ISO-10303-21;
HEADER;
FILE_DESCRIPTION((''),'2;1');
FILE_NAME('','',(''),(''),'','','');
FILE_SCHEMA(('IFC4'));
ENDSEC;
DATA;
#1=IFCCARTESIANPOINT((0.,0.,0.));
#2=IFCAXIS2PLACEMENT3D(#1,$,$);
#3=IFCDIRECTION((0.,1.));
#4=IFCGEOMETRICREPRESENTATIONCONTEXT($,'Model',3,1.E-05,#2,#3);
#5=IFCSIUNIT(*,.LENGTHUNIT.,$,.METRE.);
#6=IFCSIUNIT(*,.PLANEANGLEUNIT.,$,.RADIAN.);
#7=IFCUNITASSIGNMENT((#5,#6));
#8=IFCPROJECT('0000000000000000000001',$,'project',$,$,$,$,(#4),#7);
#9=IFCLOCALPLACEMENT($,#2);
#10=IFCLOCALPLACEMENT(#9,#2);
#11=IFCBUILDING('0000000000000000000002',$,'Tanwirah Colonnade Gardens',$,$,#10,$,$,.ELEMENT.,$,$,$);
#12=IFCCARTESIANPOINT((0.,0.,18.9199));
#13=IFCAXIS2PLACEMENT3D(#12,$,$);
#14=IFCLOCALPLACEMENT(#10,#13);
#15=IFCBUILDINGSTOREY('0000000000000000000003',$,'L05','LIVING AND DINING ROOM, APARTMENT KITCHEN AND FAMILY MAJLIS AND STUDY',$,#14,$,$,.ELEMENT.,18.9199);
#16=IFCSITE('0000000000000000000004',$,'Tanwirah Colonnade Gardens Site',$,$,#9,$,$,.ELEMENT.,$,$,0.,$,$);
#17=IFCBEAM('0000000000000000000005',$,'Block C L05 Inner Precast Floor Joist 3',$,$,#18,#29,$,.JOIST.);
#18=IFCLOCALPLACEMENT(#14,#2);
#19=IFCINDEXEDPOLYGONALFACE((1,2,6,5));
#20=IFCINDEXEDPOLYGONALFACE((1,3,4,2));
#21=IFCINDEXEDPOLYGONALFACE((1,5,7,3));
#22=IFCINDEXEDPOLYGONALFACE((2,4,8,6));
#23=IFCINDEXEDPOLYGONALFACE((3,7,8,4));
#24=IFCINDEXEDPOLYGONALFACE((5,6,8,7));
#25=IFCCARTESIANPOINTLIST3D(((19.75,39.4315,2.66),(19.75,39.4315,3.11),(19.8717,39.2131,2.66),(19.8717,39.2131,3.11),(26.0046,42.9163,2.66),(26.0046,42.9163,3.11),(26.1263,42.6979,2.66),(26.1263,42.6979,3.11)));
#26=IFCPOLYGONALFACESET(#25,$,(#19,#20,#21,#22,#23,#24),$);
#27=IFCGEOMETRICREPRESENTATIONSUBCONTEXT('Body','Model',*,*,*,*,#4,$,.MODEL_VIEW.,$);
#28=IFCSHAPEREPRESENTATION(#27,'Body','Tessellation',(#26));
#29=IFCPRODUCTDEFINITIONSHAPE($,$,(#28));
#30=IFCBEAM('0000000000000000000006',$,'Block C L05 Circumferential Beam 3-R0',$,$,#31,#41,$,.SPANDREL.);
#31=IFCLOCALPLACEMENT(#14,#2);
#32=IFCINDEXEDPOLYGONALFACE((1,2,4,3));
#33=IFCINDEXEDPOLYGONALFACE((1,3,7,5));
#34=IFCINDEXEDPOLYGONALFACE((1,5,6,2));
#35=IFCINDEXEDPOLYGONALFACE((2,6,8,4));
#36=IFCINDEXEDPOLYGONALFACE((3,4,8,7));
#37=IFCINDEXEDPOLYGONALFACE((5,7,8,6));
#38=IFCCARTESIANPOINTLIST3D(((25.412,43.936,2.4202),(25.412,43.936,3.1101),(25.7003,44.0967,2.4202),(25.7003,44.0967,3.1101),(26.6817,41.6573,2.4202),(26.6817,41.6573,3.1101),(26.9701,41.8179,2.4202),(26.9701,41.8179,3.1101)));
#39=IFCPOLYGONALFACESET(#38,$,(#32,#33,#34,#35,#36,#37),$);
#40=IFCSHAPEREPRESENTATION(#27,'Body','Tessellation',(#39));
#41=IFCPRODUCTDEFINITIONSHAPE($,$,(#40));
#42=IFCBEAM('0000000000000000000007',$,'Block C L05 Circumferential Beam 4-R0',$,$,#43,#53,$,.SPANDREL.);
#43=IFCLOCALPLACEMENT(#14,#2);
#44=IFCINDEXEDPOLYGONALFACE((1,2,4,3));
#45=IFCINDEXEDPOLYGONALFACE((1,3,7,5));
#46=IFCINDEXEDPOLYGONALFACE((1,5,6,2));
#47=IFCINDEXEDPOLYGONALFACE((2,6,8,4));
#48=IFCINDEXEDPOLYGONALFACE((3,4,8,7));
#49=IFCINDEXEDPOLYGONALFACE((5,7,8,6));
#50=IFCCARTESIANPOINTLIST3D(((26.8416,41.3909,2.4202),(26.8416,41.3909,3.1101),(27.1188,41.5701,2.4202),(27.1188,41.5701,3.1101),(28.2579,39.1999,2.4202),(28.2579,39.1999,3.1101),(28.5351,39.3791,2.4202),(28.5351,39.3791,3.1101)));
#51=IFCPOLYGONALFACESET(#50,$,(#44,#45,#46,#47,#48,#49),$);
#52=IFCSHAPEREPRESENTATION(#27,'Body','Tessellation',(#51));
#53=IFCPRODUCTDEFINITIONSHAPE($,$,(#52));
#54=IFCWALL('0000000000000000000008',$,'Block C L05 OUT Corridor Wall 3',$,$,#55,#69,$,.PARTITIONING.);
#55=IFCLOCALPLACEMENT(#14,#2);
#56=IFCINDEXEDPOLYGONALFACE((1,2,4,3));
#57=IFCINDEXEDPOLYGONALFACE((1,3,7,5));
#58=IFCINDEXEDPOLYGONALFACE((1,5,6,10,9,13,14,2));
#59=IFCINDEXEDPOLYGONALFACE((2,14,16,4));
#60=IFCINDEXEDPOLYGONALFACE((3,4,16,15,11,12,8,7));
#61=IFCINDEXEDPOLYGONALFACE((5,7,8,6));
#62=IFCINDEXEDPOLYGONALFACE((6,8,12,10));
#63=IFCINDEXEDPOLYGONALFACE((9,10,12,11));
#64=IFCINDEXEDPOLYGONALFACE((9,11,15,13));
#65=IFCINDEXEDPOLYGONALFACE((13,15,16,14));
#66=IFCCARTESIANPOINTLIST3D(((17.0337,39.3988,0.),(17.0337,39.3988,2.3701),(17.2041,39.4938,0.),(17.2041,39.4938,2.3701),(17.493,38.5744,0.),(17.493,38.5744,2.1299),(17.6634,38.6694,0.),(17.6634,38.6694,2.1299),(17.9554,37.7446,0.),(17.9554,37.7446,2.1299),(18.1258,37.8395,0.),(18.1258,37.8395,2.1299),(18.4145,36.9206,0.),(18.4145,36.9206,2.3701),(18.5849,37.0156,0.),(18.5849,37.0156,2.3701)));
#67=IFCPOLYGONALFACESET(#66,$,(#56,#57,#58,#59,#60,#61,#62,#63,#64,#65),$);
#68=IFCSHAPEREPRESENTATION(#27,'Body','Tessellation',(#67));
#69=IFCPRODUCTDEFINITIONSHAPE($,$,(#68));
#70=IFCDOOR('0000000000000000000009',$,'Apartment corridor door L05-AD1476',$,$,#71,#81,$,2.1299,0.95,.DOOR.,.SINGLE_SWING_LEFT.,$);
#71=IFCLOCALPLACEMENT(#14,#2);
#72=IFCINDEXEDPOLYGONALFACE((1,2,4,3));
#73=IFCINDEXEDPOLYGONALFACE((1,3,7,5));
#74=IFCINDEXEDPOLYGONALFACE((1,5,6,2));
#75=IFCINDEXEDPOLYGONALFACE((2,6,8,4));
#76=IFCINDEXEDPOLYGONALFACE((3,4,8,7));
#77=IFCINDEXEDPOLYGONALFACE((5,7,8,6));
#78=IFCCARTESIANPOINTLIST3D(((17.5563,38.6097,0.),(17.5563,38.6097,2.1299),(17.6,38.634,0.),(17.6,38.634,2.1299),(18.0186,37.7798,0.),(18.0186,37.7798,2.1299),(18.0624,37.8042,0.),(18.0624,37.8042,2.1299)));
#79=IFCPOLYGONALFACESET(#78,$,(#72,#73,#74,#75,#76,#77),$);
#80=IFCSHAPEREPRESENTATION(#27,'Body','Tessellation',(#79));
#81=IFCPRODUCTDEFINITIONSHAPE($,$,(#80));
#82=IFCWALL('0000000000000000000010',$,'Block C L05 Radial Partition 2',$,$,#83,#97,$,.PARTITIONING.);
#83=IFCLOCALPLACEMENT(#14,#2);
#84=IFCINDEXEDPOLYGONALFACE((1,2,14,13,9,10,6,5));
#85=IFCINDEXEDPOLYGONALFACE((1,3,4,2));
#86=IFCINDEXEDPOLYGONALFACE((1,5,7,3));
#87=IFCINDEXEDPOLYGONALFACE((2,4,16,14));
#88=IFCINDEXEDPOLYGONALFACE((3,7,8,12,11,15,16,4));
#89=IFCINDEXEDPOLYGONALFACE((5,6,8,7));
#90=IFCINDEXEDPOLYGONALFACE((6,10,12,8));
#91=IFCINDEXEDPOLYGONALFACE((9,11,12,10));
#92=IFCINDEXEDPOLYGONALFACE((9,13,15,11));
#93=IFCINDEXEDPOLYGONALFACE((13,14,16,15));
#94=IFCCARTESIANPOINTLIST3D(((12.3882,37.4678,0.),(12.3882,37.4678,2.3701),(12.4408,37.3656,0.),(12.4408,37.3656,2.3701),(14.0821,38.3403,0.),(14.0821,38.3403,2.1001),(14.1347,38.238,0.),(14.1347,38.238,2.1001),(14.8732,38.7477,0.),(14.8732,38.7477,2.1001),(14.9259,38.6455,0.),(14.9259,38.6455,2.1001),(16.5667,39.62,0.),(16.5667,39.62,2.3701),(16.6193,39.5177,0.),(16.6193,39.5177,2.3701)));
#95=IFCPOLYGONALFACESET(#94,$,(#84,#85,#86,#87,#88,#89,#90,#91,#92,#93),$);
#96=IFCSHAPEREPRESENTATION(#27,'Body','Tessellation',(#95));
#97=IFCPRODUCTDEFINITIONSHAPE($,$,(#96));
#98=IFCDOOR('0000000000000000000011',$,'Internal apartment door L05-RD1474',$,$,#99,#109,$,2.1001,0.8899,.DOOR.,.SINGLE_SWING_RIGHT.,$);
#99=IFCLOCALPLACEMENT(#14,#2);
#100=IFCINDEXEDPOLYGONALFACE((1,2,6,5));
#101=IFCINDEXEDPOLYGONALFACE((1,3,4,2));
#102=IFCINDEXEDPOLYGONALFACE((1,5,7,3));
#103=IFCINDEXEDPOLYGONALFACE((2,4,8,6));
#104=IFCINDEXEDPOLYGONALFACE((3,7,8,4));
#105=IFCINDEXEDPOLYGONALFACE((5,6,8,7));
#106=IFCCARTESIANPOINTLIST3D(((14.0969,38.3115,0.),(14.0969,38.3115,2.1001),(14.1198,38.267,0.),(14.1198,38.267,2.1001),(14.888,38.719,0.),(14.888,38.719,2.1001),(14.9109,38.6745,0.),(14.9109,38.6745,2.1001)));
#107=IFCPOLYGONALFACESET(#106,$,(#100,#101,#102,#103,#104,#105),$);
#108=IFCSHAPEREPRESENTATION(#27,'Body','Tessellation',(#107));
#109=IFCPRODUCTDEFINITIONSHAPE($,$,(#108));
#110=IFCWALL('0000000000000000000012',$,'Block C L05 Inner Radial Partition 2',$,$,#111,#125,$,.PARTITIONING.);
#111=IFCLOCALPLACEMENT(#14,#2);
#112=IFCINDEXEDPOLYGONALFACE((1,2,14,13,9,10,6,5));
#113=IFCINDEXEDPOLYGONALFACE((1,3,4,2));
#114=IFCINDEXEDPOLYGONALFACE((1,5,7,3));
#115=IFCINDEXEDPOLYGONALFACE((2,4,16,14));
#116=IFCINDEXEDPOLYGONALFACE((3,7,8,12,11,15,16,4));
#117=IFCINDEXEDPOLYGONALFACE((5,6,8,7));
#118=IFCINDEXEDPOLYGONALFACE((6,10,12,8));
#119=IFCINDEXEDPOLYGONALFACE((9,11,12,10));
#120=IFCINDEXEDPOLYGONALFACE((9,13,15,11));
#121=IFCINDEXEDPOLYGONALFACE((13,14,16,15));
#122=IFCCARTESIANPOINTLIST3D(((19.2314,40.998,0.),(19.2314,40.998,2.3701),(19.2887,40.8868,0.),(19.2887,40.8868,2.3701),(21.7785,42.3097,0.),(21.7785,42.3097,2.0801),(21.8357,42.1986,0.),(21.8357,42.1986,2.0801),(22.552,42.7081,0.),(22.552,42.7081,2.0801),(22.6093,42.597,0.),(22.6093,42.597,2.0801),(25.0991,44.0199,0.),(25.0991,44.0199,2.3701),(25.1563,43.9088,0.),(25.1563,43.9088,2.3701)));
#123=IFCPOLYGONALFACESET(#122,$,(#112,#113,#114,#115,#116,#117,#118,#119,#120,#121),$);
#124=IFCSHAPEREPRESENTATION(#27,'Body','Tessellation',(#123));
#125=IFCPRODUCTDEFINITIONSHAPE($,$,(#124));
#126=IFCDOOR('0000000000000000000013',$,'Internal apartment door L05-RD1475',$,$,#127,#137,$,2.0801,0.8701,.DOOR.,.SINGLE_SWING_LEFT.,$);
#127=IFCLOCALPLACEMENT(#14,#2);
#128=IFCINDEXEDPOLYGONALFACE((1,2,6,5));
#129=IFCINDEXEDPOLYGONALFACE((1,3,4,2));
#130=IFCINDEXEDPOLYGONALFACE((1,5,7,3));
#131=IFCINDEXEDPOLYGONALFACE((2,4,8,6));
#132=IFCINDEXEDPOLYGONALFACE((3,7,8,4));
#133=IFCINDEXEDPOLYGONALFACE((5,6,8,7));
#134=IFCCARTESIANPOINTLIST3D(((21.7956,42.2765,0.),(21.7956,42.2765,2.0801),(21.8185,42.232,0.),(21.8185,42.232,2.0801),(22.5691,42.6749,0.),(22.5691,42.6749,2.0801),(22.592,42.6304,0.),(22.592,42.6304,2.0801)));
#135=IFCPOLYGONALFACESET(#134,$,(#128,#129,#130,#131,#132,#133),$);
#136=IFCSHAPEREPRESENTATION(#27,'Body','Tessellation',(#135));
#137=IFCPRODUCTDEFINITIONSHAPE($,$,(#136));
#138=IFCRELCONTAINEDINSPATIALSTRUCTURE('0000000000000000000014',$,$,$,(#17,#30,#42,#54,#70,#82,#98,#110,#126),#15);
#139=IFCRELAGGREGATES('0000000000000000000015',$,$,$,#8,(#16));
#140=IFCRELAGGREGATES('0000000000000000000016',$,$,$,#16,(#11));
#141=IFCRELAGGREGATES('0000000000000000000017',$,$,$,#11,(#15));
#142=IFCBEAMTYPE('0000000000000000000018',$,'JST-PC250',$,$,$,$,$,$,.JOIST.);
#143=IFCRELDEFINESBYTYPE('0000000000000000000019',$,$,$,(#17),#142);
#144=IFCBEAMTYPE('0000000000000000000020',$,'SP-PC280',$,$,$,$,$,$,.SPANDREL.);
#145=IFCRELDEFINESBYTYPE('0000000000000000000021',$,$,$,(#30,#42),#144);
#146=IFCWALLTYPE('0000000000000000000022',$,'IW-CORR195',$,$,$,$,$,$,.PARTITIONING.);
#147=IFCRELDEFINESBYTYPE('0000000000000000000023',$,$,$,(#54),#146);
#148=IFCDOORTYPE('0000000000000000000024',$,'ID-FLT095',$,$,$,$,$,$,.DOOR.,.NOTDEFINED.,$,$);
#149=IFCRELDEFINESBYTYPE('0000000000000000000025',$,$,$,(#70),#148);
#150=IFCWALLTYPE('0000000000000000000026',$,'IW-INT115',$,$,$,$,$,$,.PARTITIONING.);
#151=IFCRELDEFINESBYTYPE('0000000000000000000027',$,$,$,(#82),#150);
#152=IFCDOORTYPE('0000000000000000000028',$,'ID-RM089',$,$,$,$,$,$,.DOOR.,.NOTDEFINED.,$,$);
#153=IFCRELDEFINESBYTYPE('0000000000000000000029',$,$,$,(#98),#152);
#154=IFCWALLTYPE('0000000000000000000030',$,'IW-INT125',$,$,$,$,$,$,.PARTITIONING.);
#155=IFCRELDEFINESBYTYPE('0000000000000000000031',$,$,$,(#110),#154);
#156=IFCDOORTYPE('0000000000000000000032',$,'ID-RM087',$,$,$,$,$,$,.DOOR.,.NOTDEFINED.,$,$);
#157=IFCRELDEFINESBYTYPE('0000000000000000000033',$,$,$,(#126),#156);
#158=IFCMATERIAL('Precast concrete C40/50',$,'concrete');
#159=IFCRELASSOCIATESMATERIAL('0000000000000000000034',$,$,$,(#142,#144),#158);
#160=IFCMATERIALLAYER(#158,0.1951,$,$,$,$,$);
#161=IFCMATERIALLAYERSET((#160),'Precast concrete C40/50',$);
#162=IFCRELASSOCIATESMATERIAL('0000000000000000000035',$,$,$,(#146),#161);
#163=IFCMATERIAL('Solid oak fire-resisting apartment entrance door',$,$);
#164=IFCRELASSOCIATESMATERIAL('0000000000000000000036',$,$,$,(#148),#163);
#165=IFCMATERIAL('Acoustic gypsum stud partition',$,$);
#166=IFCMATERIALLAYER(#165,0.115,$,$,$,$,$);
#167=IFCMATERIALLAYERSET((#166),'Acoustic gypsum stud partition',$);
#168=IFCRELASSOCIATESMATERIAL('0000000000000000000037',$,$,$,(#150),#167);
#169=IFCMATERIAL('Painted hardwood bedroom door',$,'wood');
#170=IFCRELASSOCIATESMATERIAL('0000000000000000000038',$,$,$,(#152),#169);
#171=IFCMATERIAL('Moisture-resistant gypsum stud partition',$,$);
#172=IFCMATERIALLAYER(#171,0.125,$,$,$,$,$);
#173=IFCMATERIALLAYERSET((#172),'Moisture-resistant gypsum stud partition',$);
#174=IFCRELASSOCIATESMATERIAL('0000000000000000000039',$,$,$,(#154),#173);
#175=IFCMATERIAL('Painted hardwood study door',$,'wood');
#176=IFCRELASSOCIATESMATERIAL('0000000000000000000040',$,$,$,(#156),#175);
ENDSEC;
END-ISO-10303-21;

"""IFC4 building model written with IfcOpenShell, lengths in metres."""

from ifc_helpers import new_model, si_unit, direction, frame, frame_2d, origin, origin_2d, place, context, subcontext, project, spatial, rectangle, extrude, material, layer, layer_set, material_profile, profile_set, type_object, element, fill, save


model = new_model("IFC4")

# Units and contexts
model_context = context("Model", 3, precision=1e-05, world=origin(), true_north=direction((0.0, 1.0)))
body_context = subcontext(model_context, "Body", "Model", "MODEL_VIEW")
ifc_project = project(units=[si_unit("LENGTHUNIT", "METRE"), si_unit("PLANEANGLEUNIT", "RADIAN")], contexts=[model_context])

# Site, building, storey
site_placement = place(None, origin())
site = spatial("IfcSite", under=ifc_project, at=site_placement, Name="Tanwirah Colonnade Gardens Site", CompositionType="ELEMENT", RefElevation=0.0)
building_placement = place(site_placement, origin())
building = spatial("IfcBuilding", under=site, at=building_placement, Name="Tanwirah Colonnade Gardens", CompositionType="ELEMENT")
storey_placement = place(building_placement, frame((0.0, 0.0, 18.9199)))
storey = spatial("IfcBuildingStorey", under=building, at=storey_placement, Name="L05", Description="LIVING AND DINING ROOM, APARTMENT KITCHEN AND FAMILY MAJLIS AND STUDY", CompositionType="ELEMENT", Elevation=18.9199)

# Shared definitions
ifc_material_1 = material(Name="Precast concrete C40/50", Category="concrete")

# Beams
ifc_material_profile_1 = material_profile(ifc_material_1, rectangle(XDim=0.25, YDim=0.45, at=origin_2d()), Name="PC-JST 250x450")
ifc_profile_set_1 = profile_set([ifc_material_profile_1], Name="Precast concrete C40/50")
beam_type_1 = type_object("IfcBeamType", Name="JST-PC250", PredefinedType="JOIST", material=ifc_profile_set_1)
beam_1_placement = place(storey_placement, frame((26.0654, 42.8071, 2.885), z_axis=(-0.87356, -0.486717, 0.0), x_axis=(0.486717, -0.87356, 0.0)))
element("IfcBeam", 1, at=beam_1_placement, inside=storey, type_object=beam_type_1, Name="Block C L05 Inner Precast Floor Joist 3", PredefinedType="JOIST", context=body_context, shape_type="SweptSolid", body=[
    extrude(rectangle(XDim=0.25, YDim=0.45, at=origin_2d()), origin(), (0.0, 0.0, 1.0), 7.1599),
])
ifc_material_profile_2 = material_profile(ifc_material_1, rectangle(XDim=0.3301, YDim=0.6899, at=origin_2d()), Name="PC-SP 330x690")
ifc_profile_set_2 = profile_set([ifc_material_profile_2], Name="Precast concrete C40/50")
beam_type_2 = type_object("IfcBeamType", Name="SP-PC280", PredefinedType="SPANDREL", material=ifc_profile_set_2)
beam_2_placement = place(storey_placement, frame((25.5562, 44.0164, 2.7651), z_axis=(0.486747, -0.873543, 0.0), x_axis=(0.873543, 0.486747, 0.0)))
element("IfcBeam", 2, at=beam_2_placement, inside=storey, type_object=beam_type_2, Name="Block C L05 Circumferential Beam 3-R0", PredefinedType="SPANDREL", context=body_context, shape_type="SweptSolid", body=[
    extrude(rectangle(XDim=0.3301, YDim=0.6899, at=origin_2d()), origin(), (0.0, 0.0, 1.0), 2.6086),
])
beam_3_placement = place(storey_placement, frame((26.9802, 41.4805, 2.7651), z_axis=(0.542875, -0.839814, 0.0), x_axis=(0.839814, 0.542875, 0.0)))
element("IfcBeam", 3, at=beam_3_placement, inside=storey, type_object=beam_type_2, Name="Block C L05 Circumferential Beam 4-R0", PredefinedType="SPANDREL", context=body_context, shape_type="SweptSolid", body=[
    extrude(rectangle(XDim=0.3301, YDim=0.6899, at=origin_2d()), origin(), (0.0, 0.0, 1.0), 2.6089),
])

# Walls, openings, doors
ifc_layer_1 = layer(ifc_material_1, 0.1951)
ifc_layer_set_1 = layer_set([ifc_layer_1], Name="Precast concrete C40/50")
wall_type_1 = type_object("IfcWallType", Name="IW-CORR195", PredefinedType="PARTITIONING", material=ifc_layer_set_1)
ifc_material_2 = material(Name="Solid oak fire-resisting apartment entrance door")
wall_1_placement = place(storey_placement, frame((17.1189, 39.4463, 0.0), z_axis=(0.0, 0.0, 1.0), x_axis=(0.486731, -0.873552, 0.0)))
wall_1 = element("IfcWall", 4, at=wall_1_placement, inside=storey, type_object=wall_type_1, Name="Block C L05 OUT Corridor Wall 3", PredefinedType="PARTITIONING", context=body_context, shape_type="SweptSolid", body=[
    extrude(rectangle(XDim=2.8369, YDim=0.1951, at=frame_2d((1.4185, 0.0))), origin(), (0.0, 0.0, 1.0), 2.3701),
])
opening_1_placement = place(wall_1_placement, frame((0.9436, 0.0, 0.0)))
opening_1 = element("IfcOpeningElement", 5, at=opening_1_placement, cuts=wall_1, PredefinedType="OPENING", context=body_context, shape_type="SweptSolid", body=[
    extrude(rectangle(XDim=0.95, YDim=2.1299, at=frame_2d((0.4751, 1.0649))), frame((0.0, 0.1074, 0.0), z_axis=(0.0, -1.0, 0.0), x_axis=(1.0, 0.0, 0.0)), (0.0, 0.0, 1.0), 0.2151),
])
door_type_1 = type_object("IfcDoorType", Name="ID-FLT095", OperationType="NOTDEFINED", PredefinedType="DOOR", material=ifc_material_2)
door_1_placement = place(opening_1_placement, origin())
door_1 = element("IfcDoor", 6, at=door_1_placement, inside=storey, type_object=door_type_1, Name="Apartment corridor door L05-AD1476", OperationType="SINGLE_SWING_LEFT", OverallHeight=2.1299, OverallWidth=0.95, PredefinedType="DOOR", context=body_context, shape_type="SweptSolid", body=[
    extrude(rectangle(XDim=0.95, YDim=2.1299, at=frame_2d((0.4751, 1.0649))), frame((0.0, 0.0249, 0.0), z_axis=(0.0, -1.0, 0.0), x_axis=(1.0, 0.0, 0.0)), (0.0, 0.0, 1.0), 0.05),
])
fill(opening_1, door_1)
ifc_material_3 = material(Name="Acoustic gypsum stud partition")
ifc_layer_2 = layer(ifc_material_3, 0.115)
ifc_layer_set_2 = layer_set([ifc_layer_2], Name="Acoustic gypsum stud partition")
wall_type_2 = type_object("IfcWallType", Name="IW-INT115", PredefinedType="PARTITIONING", material=ifc_layer_set_2)
wall_2_placement = place(storey_placement, frame((16.593, 39.5688, 0.0), z_axis=(0.0, 0.0, 1.0), x_axis=(-0.889013, -0.457882, 0.0)))
wall_2 = element("IfcWall", 7, at=wall_2_placement, inside=storey, type_object=wall_type_2, Name="Block C L05 Radial Partition 2", PredefinedType="PARTITIONING", context=body_context, shape_type="SweptSolid", body=[
    extrude(rectangle(XDim=4.7002, YDim=0.115, at=frame_2d((2.3501, 0.0))), origin(), (0.0, 0.0, 1.0), 2.3701),
])
opening_2_placement = place(wall_2_placement, frame((1.905, 0.0, 0.0)))
opening_2 = element("IfcOpeningElement", 8, at=opening_2_placement, cuts=wall_2, PredefinedType="OPENING", context=body_context, shape_type="SweptSolid", body=[
    extrude(rectangle(XDim=0.8899, YDim=2.1001, at=frame_2d((0.4448, 1.05))), frame((0.0, 0.0674, 0.0), z_axis=(0.0, -1.0, 0.0), x_axis=(1.0, 0.0, 0.0)), (0.0, 0.0, 1.0), 0.135),
])
ifc_material_4 = material(Name="Painted hardwood bedroom door", Category="wood")
door_type_2 = type_object("IfcDoorType", Name="ID-RM089", OperationType="NOTDEFINED", PredefinedType="DOOR", material=ifc_material_4)
door_2_placement = place(opening_2_placement, origin())
door_2 = element("IfcDoor", 9, at=door_2_placement, inside=storey, type_object=door_type_2, Name="Internal apartment door L05-RD1474", OperationType="SINGLE_SWING_RIGHT", OverallHeight=2.1001, OverallWidth=0.8899, PredefinedType="DOOR", context=body_context, shape_type="SweptSolid", body=[
    extrude(rectangle(XDim=0.8899, YDim=2.1001, at=frame_2d((0.4448, 1.05))), frame((0.0, 0.0249, 0.0), z_axis=(0.0, -1.0, 0.0), x_axis=(1.0, 0.0, 0.0)), (0.0, 0.0, 1.0), 0.05),
])
fill(opening_2, door_2)
ifc_material_5 = material(Name="Moisture-resistant gypsum stud partition")
ifc_layer_3 = layer(ifc_material_5, 0.125)
ifc_layer_set_3 = layer_set([ifc_layer_3], Name="Moisture-resistant gypsum stud partition")
wall_type_3 = type_object("IfcWallType", Name="IW-INT125", PredefinedType="PARTITIONING", material=ifc_layer_set_3)
wall_3_placement = place(storey_placement, frame((25.1277, 43.9644, 0.0), z_axis=(0.0, 0.0, 1.0), x_axis=(-0.889022, -0.457864, 0.0)))
wall_3 = element("IfcWall", 10, at=wall_3_placement, inside=storey, type_object=wall_type_3, Name="Block C L05 Inner Radial Partition 2", PredefinedType="PARTITIONING", context=body_context, shape_type="SweptSolid", body=[
    extrude(rectangle(XDim=6.6001, YDim=0.125, at=frame_2d((3.3, 0.0))), origin(), (0.0, 0.0, 1.0), 2.3701),
])
opening_3_placement = place(wall_3_placement, frame((2.865, 0.0, 0.0)))
opening_3 = element("IfcOpeningElement", 11, at=opening_3_placement, cuts=wall_3, PredefinedType="OPENING", context=body_context, shape_type="SweptSolid", body=[
    extrude(rectangle(XDim=0.8701, YDim=2.0801, at=frame_2d((0.4351, 1.04))), frame((0.0, 0.0725, 0.0), z_axis=(0.0, -1.0, 0.0), x_axis=(1.0, 0.0, 0.0)), (0.0, 0.0, 1.0), 0.145),
])
ifc_material_6 = material(Name="Painted hardwood study door", Category="wood")
door_type_3 = type_object("IfcDoorType", Name="ID-RM087", OperationType="NOTDEFINED", PredefinedType="DOOR", material=ifc_material_6)
door_3_placement = place(opening_3_placement, origin())
door_3 = element("IfcDoor", 12, at=door_3_placement, inside=storey, type_object=door_type_3, Name="Internal apartment door L05-RD1475", OperationType="SINGLE_SWING_LEFT", OverallHeight=2.0801, OverallWidth=0.8701, PredefinedType="DOOR", context=body_context, shape_type="SweptSolid", body=[
    extrude(rectangle(XDim=0.8701, YDim=2.0801, at=frame_2d((0.4351, 1.04))), frame((0.0, 0.0249, 0.0), z_axis=(0.0, -1.0, 0.0), x_axis=(1.0, 0.0, 0.0)), (0.0, 0.0, 1.0), 0.05),
])
fill(opening_3, door_3)

save(model, "model.ifc")
